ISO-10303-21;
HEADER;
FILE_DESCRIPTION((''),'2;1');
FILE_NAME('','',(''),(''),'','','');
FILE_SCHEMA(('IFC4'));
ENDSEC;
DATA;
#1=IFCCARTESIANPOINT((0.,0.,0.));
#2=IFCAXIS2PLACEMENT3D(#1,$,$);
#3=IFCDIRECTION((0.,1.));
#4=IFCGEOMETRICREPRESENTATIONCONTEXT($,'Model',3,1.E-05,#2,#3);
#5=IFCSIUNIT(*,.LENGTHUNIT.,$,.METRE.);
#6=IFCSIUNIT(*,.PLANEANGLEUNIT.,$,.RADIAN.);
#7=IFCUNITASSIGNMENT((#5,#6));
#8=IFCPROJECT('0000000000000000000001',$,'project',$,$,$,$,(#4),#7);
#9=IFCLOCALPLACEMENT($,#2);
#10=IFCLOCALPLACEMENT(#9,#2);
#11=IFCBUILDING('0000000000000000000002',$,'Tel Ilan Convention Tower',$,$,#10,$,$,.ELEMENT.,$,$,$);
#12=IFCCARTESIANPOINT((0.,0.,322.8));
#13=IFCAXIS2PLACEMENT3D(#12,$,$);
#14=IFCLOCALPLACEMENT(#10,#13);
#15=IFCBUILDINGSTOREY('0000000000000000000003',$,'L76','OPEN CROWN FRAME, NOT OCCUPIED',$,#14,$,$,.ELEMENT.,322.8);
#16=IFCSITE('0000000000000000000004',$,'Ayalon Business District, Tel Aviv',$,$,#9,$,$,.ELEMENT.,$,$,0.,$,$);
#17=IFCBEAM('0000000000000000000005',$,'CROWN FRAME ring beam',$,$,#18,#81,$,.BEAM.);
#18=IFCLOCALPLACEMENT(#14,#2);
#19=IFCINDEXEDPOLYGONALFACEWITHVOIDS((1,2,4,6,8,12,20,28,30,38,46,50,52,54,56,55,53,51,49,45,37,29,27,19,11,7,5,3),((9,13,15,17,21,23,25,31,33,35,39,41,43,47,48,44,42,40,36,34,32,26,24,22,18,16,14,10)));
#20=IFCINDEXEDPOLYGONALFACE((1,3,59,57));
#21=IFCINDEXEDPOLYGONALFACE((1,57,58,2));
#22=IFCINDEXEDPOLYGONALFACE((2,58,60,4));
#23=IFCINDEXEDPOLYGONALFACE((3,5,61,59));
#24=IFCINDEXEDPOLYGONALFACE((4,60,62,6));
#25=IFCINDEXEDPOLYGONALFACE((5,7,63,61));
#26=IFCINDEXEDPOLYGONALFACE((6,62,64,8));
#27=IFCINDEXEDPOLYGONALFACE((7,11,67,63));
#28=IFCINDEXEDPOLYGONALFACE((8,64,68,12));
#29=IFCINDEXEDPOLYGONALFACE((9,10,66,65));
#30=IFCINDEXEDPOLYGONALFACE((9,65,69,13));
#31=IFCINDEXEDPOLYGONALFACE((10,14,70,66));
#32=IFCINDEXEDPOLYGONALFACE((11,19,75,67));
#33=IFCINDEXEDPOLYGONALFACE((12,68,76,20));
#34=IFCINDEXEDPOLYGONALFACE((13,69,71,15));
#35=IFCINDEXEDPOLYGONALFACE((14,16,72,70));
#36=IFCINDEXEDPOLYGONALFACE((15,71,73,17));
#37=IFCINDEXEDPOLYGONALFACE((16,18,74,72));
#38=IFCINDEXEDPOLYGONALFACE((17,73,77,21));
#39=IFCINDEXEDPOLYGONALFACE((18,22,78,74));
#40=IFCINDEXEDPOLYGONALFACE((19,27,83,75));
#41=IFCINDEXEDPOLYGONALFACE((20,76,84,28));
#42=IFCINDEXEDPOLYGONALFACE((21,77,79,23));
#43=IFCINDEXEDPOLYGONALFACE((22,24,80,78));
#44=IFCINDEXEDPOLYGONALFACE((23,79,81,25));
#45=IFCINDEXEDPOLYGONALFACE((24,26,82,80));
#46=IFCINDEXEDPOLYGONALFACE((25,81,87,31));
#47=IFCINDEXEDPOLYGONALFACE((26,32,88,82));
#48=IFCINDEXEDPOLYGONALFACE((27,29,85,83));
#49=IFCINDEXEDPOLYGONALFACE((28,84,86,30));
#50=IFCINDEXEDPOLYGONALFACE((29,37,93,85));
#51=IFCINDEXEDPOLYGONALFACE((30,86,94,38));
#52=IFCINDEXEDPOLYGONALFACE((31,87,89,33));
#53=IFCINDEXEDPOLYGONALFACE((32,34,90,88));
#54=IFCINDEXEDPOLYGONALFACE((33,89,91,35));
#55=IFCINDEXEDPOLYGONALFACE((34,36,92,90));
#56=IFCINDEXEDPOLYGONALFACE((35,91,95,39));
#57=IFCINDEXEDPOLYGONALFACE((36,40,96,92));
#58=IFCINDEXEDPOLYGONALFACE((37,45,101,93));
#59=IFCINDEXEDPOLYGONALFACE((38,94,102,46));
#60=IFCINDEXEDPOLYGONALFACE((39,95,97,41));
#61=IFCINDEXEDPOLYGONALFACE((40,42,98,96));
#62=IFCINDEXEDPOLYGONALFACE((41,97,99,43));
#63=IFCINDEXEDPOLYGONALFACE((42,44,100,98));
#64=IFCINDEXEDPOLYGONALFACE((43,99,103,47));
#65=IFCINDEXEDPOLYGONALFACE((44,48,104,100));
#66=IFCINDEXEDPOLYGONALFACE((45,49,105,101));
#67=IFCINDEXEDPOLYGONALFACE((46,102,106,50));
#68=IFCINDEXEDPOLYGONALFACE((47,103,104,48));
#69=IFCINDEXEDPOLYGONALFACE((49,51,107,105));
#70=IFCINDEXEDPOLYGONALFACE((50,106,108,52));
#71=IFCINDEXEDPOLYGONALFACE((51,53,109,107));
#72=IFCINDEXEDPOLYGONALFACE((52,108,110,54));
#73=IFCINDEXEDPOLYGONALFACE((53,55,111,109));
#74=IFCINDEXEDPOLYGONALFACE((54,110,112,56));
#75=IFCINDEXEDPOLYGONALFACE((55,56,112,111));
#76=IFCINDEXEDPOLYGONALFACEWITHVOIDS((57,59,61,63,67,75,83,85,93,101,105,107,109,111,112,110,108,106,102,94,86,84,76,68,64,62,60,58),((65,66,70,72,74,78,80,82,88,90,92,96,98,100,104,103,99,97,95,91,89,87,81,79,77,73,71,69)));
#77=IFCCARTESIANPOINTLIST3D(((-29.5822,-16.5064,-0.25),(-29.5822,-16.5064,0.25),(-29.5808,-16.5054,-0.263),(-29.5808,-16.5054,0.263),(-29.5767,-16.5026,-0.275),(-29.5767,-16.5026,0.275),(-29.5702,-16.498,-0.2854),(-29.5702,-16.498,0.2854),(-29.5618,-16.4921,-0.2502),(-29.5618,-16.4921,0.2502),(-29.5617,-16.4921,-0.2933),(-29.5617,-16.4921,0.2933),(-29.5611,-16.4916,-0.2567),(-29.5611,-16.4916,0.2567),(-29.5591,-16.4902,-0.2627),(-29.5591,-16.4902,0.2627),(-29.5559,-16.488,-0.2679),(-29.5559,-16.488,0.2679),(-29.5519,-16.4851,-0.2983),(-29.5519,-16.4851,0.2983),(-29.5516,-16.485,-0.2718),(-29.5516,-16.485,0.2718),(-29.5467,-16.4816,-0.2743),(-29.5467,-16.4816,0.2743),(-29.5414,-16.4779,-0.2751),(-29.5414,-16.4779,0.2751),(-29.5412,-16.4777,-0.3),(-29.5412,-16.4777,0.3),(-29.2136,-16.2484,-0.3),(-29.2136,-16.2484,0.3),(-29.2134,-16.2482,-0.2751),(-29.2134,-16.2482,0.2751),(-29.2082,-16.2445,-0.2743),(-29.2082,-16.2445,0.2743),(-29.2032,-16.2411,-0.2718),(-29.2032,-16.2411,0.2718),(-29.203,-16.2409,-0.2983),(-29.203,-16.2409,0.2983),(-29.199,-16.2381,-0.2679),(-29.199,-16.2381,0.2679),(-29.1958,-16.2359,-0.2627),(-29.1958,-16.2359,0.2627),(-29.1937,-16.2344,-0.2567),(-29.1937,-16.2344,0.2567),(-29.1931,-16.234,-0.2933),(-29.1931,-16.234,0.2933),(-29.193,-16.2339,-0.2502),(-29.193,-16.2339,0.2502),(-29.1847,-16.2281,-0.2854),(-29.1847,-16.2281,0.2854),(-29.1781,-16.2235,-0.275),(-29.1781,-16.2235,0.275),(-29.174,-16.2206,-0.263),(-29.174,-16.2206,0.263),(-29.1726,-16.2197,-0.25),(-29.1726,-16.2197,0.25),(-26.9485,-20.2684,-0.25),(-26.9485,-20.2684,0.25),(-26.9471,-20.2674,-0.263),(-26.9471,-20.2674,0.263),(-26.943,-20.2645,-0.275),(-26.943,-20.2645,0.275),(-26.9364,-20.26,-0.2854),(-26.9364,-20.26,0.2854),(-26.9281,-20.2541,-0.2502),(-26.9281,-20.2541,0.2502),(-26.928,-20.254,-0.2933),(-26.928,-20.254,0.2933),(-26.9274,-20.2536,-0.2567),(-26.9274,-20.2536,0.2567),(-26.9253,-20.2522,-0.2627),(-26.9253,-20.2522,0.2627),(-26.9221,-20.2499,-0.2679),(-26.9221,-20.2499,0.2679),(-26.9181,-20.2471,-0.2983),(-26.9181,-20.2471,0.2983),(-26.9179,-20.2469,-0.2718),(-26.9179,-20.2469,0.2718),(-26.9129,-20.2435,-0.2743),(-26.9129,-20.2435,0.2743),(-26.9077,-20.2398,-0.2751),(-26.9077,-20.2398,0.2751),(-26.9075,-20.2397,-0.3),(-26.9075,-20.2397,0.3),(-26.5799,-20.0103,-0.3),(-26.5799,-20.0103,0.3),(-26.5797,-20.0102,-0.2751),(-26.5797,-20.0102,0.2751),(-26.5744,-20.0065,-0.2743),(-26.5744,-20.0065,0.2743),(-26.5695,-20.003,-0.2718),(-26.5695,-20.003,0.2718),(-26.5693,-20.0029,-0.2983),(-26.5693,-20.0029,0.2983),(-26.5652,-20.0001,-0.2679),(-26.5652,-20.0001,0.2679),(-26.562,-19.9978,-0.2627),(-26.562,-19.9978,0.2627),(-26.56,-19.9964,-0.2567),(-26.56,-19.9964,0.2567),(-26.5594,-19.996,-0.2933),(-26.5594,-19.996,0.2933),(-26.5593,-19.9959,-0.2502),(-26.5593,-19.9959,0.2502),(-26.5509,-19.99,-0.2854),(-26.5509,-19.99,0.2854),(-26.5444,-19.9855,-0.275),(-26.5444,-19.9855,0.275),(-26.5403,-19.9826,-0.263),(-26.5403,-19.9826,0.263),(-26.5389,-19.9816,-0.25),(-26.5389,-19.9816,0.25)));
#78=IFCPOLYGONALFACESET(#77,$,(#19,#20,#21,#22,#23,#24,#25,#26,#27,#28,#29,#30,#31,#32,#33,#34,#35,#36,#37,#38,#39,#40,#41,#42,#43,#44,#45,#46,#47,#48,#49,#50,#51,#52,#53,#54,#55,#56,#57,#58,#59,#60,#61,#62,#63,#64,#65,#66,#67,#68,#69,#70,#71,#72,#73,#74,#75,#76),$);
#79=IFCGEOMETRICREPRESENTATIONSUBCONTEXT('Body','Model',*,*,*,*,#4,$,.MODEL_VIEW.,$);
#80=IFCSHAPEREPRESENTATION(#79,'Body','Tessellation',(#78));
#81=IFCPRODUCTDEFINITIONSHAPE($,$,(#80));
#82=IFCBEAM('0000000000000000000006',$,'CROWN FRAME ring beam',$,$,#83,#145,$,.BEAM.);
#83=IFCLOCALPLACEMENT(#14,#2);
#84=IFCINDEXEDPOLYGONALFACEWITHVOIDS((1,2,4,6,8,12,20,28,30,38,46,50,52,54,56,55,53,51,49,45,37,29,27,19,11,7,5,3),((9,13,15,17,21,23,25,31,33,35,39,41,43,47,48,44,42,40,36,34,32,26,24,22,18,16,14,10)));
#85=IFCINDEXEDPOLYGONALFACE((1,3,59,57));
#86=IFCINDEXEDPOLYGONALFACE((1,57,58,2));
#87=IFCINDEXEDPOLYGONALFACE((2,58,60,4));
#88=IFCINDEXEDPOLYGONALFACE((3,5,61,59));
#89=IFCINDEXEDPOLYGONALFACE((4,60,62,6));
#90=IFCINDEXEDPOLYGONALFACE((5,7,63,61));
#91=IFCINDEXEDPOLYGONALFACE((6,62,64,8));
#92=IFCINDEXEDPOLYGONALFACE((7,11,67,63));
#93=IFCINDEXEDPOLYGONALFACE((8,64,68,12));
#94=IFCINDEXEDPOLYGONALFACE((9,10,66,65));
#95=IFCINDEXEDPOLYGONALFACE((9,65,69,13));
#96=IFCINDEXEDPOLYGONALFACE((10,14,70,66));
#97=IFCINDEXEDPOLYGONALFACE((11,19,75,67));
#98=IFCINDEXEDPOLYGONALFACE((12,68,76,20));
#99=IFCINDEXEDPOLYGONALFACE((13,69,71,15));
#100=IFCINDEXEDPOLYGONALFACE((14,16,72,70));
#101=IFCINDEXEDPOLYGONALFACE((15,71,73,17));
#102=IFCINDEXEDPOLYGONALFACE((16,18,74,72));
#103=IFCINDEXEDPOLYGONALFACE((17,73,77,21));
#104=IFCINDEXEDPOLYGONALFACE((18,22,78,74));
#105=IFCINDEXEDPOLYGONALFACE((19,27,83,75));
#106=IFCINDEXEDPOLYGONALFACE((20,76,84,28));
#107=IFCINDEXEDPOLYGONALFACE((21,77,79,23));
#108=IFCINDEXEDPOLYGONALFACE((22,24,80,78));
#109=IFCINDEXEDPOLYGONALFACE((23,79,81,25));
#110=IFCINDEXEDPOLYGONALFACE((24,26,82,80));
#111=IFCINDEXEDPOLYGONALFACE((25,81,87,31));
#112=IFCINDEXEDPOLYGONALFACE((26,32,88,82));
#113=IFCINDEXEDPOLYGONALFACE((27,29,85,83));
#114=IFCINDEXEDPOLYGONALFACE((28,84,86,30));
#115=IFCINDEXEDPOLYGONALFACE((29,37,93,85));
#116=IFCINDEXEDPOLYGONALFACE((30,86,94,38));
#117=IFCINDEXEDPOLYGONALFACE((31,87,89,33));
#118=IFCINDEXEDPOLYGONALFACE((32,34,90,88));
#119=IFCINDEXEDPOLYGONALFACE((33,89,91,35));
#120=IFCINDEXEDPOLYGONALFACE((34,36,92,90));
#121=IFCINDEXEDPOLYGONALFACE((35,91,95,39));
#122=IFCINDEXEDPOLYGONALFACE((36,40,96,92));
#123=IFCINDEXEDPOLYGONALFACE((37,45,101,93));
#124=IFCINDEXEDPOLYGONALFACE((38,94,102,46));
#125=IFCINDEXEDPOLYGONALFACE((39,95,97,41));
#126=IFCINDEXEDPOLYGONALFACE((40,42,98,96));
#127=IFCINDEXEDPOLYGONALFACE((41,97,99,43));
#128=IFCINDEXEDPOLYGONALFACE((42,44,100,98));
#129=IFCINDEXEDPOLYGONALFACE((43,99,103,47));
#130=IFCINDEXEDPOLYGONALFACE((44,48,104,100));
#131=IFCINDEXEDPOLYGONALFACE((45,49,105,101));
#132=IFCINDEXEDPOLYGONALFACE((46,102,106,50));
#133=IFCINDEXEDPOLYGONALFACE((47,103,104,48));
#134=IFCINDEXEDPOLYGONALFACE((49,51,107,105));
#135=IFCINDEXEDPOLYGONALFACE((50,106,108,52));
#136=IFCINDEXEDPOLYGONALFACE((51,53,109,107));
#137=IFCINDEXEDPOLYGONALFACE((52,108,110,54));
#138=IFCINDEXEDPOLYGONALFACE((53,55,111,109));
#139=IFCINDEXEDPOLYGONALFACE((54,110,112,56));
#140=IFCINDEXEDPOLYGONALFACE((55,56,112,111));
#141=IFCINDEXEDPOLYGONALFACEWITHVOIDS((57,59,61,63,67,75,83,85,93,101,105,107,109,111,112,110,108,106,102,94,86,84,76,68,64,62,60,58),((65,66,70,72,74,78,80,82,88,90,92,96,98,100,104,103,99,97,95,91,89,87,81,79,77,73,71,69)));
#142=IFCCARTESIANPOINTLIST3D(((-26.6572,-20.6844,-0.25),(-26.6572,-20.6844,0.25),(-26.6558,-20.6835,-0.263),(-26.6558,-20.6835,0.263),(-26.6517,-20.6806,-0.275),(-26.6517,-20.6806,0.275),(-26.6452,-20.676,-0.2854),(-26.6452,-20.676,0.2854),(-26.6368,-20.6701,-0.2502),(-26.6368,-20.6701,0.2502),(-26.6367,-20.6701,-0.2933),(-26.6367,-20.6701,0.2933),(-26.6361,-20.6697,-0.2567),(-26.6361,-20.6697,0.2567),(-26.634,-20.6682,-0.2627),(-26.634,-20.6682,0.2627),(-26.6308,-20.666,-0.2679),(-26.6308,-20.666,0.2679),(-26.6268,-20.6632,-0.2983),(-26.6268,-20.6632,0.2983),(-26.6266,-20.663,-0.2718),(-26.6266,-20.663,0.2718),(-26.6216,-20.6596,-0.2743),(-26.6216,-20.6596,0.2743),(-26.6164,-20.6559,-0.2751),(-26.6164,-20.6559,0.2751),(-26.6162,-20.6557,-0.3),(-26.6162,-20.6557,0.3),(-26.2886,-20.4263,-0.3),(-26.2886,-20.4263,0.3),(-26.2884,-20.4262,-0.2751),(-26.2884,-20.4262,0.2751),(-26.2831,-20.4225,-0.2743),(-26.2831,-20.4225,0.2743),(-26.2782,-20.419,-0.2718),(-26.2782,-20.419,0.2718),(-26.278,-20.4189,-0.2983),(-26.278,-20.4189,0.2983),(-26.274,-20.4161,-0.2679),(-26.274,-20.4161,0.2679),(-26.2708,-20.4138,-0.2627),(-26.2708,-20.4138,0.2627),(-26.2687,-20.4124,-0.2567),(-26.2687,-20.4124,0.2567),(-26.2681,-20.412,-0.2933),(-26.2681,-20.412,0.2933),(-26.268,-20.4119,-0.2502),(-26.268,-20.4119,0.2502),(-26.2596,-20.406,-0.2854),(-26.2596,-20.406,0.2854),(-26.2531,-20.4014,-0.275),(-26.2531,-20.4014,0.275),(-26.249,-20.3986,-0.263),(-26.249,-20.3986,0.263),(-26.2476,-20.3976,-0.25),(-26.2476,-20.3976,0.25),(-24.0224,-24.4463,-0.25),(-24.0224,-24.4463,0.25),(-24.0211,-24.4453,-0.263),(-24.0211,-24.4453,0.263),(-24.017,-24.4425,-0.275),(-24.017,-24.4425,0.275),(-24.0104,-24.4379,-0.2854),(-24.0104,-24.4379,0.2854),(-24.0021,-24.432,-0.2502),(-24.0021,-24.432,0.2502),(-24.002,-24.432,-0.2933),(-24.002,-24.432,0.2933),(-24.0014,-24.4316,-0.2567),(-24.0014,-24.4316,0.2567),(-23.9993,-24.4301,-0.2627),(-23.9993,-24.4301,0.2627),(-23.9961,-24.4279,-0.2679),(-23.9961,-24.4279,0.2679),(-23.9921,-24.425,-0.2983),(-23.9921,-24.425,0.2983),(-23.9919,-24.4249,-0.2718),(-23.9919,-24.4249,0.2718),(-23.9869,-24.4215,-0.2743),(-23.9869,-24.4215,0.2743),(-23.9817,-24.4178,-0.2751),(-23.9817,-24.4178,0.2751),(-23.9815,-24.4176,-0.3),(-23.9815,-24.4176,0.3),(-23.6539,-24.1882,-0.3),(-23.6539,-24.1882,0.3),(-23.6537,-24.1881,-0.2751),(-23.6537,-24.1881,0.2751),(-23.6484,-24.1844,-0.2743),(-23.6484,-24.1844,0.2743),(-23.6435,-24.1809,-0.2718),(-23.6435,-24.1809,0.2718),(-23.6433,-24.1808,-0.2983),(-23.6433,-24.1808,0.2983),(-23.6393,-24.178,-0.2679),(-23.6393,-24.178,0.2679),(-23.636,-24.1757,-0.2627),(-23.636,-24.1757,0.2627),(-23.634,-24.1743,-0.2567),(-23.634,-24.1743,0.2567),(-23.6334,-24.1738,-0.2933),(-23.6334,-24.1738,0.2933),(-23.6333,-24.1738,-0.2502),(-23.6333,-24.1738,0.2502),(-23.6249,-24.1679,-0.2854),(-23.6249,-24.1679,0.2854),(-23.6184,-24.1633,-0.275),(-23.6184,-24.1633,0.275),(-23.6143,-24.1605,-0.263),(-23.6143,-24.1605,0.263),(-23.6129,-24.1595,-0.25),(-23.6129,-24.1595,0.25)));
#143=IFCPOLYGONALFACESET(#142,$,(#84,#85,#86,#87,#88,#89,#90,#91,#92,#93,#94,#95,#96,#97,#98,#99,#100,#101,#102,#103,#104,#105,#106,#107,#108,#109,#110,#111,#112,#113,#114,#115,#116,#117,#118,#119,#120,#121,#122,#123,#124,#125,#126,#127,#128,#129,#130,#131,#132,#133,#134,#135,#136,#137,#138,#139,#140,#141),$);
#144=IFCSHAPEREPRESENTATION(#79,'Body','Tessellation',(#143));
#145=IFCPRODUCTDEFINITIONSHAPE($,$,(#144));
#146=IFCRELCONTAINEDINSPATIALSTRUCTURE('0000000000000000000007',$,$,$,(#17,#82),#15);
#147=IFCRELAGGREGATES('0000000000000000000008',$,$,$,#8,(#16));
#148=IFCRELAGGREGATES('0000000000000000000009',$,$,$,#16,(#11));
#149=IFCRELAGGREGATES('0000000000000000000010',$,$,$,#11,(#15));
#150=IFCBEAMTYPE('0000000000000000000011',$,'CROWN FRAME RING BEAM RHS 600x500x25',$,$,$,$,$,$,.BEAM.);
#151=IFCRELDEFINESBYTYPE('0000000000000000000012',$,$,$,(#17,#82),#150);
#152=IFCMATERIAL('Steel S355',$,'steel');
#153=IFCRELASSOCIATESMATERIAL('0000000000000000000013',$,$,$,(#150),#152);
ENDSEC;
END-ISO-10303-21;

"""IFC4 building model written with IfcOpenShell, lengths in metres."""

from ifc_helpers import new_model, si_unit, direction, frame, origin, origin_2d, place, context, subcontext, project, spatial, hollow_rectangle, extrude, material, material_profile, profile_set, type_object, element, save


model = new_model("IFC4")

# Units and contexts
model_context = context("Model", 3, precision=1e-05, world=origin(), true_north=direction((0.0, 1.0)))
body_context = subcontext(model_context, "Body", "Model", "MODEL_VIEW")
ifc_project = project(units=[si_unit("LENGTHUNIT", "METRE"), si_unit("PLANEANGLEUNIT", "RADIAN")], contexts=[model_context])

# Site, building, storey
site_placement = place(None, origin())
site = spatial("IfcSite", under=ifc_project, at=site_placement, Name="Ayalon Business District, Tel Aviv", CompositionType="ELEMENT", RefElevation=0.0)
building_placement = place(site_placement, origin())
building = spatial("IfcBuilding", under=site, at=building_placement, Name="Tel Ilan Convention Tower", CompositionType="ELEMENT")
storey_placement = place(building_placement, frame((0.0, 0.0, 322.8)))
storey = spatial("IfcBuildingStorey", under=building, at=storey_placement, Name="L76", Description="OPEN CROWN FRAME, NOT OCCUPIED", CompositionType="ELEMENT", Elevation=322.8)

# Beams
ifc_material_1 = material(Name="Steel S355", Category="steel")
ifc_material_profile_1 = material_profile(ifc_material_1, hollow_rectangle(XDim=0.5, YDim=0.6001, WallThickness=0.0249, InnerFilletRadius=0.0249, OuterFilletRadius=0.05, at=origin_2d()), Name="RHS 600x500x25")
ifc_profile_set_1 = profile_set([ifc_material_profile_1], Name="Steel S355")
beam_type = type_object("IfcBeamType", Name="CROWN FRAME RING BEAM RHS 600x500x25", PredefinedType="BEAM", material=ifc_profile_set_1)
beam_1_placement = place(storey_placement, frame((-29.3774, -16.363, 0.0), z_axis=(0.573523, -0.819189, 0.0), x_axis=(0.819189, 0.573523, 0.0)))
element("IfcBeam", 1, at=beam_1_placement, inside=storey, type_object=beam_type, Name="CROWN FRAME ring beam", PredefinedType="BEAM", context=body_context, shape_type="SweptSolid", body=[
    extrude(hollow_rectangle(XDim=0.5, YDim=0.6001, WallThickness=0.0249, InnerFilletRadius=0.0249, OuterFilletRadius=0.05, at=origin_2d()), origin(), (0.0, 0.0, 1.0), 4.5923),
])
beam_2_placement = place(storey_placement, frame((-26.4524, -20.541, 0.0), z_axis=(0.573666, -0.81909, 0.0), x_axis=(0.81909, 0.573666, 0.0)))
element("IfcBeam", 2, at=beam_2_placement, inside=storey, type_object=beam_type, Name="CROWN FRAME ring beam", PredefinedType="BEAM", context=body_context, shape_type="SweptSolid", body=[
    extrude(hollow_rectangle(XDim=0.5, YDim=0.6001, WallThickness=0.0249, InnerFilletRadius=0.0249, OuterFilletRadius=0.05, at=origin_2d()), origin(), (0.0, 0.0, 1.0), 4.5928),
])

save(model, "model.ifc")
